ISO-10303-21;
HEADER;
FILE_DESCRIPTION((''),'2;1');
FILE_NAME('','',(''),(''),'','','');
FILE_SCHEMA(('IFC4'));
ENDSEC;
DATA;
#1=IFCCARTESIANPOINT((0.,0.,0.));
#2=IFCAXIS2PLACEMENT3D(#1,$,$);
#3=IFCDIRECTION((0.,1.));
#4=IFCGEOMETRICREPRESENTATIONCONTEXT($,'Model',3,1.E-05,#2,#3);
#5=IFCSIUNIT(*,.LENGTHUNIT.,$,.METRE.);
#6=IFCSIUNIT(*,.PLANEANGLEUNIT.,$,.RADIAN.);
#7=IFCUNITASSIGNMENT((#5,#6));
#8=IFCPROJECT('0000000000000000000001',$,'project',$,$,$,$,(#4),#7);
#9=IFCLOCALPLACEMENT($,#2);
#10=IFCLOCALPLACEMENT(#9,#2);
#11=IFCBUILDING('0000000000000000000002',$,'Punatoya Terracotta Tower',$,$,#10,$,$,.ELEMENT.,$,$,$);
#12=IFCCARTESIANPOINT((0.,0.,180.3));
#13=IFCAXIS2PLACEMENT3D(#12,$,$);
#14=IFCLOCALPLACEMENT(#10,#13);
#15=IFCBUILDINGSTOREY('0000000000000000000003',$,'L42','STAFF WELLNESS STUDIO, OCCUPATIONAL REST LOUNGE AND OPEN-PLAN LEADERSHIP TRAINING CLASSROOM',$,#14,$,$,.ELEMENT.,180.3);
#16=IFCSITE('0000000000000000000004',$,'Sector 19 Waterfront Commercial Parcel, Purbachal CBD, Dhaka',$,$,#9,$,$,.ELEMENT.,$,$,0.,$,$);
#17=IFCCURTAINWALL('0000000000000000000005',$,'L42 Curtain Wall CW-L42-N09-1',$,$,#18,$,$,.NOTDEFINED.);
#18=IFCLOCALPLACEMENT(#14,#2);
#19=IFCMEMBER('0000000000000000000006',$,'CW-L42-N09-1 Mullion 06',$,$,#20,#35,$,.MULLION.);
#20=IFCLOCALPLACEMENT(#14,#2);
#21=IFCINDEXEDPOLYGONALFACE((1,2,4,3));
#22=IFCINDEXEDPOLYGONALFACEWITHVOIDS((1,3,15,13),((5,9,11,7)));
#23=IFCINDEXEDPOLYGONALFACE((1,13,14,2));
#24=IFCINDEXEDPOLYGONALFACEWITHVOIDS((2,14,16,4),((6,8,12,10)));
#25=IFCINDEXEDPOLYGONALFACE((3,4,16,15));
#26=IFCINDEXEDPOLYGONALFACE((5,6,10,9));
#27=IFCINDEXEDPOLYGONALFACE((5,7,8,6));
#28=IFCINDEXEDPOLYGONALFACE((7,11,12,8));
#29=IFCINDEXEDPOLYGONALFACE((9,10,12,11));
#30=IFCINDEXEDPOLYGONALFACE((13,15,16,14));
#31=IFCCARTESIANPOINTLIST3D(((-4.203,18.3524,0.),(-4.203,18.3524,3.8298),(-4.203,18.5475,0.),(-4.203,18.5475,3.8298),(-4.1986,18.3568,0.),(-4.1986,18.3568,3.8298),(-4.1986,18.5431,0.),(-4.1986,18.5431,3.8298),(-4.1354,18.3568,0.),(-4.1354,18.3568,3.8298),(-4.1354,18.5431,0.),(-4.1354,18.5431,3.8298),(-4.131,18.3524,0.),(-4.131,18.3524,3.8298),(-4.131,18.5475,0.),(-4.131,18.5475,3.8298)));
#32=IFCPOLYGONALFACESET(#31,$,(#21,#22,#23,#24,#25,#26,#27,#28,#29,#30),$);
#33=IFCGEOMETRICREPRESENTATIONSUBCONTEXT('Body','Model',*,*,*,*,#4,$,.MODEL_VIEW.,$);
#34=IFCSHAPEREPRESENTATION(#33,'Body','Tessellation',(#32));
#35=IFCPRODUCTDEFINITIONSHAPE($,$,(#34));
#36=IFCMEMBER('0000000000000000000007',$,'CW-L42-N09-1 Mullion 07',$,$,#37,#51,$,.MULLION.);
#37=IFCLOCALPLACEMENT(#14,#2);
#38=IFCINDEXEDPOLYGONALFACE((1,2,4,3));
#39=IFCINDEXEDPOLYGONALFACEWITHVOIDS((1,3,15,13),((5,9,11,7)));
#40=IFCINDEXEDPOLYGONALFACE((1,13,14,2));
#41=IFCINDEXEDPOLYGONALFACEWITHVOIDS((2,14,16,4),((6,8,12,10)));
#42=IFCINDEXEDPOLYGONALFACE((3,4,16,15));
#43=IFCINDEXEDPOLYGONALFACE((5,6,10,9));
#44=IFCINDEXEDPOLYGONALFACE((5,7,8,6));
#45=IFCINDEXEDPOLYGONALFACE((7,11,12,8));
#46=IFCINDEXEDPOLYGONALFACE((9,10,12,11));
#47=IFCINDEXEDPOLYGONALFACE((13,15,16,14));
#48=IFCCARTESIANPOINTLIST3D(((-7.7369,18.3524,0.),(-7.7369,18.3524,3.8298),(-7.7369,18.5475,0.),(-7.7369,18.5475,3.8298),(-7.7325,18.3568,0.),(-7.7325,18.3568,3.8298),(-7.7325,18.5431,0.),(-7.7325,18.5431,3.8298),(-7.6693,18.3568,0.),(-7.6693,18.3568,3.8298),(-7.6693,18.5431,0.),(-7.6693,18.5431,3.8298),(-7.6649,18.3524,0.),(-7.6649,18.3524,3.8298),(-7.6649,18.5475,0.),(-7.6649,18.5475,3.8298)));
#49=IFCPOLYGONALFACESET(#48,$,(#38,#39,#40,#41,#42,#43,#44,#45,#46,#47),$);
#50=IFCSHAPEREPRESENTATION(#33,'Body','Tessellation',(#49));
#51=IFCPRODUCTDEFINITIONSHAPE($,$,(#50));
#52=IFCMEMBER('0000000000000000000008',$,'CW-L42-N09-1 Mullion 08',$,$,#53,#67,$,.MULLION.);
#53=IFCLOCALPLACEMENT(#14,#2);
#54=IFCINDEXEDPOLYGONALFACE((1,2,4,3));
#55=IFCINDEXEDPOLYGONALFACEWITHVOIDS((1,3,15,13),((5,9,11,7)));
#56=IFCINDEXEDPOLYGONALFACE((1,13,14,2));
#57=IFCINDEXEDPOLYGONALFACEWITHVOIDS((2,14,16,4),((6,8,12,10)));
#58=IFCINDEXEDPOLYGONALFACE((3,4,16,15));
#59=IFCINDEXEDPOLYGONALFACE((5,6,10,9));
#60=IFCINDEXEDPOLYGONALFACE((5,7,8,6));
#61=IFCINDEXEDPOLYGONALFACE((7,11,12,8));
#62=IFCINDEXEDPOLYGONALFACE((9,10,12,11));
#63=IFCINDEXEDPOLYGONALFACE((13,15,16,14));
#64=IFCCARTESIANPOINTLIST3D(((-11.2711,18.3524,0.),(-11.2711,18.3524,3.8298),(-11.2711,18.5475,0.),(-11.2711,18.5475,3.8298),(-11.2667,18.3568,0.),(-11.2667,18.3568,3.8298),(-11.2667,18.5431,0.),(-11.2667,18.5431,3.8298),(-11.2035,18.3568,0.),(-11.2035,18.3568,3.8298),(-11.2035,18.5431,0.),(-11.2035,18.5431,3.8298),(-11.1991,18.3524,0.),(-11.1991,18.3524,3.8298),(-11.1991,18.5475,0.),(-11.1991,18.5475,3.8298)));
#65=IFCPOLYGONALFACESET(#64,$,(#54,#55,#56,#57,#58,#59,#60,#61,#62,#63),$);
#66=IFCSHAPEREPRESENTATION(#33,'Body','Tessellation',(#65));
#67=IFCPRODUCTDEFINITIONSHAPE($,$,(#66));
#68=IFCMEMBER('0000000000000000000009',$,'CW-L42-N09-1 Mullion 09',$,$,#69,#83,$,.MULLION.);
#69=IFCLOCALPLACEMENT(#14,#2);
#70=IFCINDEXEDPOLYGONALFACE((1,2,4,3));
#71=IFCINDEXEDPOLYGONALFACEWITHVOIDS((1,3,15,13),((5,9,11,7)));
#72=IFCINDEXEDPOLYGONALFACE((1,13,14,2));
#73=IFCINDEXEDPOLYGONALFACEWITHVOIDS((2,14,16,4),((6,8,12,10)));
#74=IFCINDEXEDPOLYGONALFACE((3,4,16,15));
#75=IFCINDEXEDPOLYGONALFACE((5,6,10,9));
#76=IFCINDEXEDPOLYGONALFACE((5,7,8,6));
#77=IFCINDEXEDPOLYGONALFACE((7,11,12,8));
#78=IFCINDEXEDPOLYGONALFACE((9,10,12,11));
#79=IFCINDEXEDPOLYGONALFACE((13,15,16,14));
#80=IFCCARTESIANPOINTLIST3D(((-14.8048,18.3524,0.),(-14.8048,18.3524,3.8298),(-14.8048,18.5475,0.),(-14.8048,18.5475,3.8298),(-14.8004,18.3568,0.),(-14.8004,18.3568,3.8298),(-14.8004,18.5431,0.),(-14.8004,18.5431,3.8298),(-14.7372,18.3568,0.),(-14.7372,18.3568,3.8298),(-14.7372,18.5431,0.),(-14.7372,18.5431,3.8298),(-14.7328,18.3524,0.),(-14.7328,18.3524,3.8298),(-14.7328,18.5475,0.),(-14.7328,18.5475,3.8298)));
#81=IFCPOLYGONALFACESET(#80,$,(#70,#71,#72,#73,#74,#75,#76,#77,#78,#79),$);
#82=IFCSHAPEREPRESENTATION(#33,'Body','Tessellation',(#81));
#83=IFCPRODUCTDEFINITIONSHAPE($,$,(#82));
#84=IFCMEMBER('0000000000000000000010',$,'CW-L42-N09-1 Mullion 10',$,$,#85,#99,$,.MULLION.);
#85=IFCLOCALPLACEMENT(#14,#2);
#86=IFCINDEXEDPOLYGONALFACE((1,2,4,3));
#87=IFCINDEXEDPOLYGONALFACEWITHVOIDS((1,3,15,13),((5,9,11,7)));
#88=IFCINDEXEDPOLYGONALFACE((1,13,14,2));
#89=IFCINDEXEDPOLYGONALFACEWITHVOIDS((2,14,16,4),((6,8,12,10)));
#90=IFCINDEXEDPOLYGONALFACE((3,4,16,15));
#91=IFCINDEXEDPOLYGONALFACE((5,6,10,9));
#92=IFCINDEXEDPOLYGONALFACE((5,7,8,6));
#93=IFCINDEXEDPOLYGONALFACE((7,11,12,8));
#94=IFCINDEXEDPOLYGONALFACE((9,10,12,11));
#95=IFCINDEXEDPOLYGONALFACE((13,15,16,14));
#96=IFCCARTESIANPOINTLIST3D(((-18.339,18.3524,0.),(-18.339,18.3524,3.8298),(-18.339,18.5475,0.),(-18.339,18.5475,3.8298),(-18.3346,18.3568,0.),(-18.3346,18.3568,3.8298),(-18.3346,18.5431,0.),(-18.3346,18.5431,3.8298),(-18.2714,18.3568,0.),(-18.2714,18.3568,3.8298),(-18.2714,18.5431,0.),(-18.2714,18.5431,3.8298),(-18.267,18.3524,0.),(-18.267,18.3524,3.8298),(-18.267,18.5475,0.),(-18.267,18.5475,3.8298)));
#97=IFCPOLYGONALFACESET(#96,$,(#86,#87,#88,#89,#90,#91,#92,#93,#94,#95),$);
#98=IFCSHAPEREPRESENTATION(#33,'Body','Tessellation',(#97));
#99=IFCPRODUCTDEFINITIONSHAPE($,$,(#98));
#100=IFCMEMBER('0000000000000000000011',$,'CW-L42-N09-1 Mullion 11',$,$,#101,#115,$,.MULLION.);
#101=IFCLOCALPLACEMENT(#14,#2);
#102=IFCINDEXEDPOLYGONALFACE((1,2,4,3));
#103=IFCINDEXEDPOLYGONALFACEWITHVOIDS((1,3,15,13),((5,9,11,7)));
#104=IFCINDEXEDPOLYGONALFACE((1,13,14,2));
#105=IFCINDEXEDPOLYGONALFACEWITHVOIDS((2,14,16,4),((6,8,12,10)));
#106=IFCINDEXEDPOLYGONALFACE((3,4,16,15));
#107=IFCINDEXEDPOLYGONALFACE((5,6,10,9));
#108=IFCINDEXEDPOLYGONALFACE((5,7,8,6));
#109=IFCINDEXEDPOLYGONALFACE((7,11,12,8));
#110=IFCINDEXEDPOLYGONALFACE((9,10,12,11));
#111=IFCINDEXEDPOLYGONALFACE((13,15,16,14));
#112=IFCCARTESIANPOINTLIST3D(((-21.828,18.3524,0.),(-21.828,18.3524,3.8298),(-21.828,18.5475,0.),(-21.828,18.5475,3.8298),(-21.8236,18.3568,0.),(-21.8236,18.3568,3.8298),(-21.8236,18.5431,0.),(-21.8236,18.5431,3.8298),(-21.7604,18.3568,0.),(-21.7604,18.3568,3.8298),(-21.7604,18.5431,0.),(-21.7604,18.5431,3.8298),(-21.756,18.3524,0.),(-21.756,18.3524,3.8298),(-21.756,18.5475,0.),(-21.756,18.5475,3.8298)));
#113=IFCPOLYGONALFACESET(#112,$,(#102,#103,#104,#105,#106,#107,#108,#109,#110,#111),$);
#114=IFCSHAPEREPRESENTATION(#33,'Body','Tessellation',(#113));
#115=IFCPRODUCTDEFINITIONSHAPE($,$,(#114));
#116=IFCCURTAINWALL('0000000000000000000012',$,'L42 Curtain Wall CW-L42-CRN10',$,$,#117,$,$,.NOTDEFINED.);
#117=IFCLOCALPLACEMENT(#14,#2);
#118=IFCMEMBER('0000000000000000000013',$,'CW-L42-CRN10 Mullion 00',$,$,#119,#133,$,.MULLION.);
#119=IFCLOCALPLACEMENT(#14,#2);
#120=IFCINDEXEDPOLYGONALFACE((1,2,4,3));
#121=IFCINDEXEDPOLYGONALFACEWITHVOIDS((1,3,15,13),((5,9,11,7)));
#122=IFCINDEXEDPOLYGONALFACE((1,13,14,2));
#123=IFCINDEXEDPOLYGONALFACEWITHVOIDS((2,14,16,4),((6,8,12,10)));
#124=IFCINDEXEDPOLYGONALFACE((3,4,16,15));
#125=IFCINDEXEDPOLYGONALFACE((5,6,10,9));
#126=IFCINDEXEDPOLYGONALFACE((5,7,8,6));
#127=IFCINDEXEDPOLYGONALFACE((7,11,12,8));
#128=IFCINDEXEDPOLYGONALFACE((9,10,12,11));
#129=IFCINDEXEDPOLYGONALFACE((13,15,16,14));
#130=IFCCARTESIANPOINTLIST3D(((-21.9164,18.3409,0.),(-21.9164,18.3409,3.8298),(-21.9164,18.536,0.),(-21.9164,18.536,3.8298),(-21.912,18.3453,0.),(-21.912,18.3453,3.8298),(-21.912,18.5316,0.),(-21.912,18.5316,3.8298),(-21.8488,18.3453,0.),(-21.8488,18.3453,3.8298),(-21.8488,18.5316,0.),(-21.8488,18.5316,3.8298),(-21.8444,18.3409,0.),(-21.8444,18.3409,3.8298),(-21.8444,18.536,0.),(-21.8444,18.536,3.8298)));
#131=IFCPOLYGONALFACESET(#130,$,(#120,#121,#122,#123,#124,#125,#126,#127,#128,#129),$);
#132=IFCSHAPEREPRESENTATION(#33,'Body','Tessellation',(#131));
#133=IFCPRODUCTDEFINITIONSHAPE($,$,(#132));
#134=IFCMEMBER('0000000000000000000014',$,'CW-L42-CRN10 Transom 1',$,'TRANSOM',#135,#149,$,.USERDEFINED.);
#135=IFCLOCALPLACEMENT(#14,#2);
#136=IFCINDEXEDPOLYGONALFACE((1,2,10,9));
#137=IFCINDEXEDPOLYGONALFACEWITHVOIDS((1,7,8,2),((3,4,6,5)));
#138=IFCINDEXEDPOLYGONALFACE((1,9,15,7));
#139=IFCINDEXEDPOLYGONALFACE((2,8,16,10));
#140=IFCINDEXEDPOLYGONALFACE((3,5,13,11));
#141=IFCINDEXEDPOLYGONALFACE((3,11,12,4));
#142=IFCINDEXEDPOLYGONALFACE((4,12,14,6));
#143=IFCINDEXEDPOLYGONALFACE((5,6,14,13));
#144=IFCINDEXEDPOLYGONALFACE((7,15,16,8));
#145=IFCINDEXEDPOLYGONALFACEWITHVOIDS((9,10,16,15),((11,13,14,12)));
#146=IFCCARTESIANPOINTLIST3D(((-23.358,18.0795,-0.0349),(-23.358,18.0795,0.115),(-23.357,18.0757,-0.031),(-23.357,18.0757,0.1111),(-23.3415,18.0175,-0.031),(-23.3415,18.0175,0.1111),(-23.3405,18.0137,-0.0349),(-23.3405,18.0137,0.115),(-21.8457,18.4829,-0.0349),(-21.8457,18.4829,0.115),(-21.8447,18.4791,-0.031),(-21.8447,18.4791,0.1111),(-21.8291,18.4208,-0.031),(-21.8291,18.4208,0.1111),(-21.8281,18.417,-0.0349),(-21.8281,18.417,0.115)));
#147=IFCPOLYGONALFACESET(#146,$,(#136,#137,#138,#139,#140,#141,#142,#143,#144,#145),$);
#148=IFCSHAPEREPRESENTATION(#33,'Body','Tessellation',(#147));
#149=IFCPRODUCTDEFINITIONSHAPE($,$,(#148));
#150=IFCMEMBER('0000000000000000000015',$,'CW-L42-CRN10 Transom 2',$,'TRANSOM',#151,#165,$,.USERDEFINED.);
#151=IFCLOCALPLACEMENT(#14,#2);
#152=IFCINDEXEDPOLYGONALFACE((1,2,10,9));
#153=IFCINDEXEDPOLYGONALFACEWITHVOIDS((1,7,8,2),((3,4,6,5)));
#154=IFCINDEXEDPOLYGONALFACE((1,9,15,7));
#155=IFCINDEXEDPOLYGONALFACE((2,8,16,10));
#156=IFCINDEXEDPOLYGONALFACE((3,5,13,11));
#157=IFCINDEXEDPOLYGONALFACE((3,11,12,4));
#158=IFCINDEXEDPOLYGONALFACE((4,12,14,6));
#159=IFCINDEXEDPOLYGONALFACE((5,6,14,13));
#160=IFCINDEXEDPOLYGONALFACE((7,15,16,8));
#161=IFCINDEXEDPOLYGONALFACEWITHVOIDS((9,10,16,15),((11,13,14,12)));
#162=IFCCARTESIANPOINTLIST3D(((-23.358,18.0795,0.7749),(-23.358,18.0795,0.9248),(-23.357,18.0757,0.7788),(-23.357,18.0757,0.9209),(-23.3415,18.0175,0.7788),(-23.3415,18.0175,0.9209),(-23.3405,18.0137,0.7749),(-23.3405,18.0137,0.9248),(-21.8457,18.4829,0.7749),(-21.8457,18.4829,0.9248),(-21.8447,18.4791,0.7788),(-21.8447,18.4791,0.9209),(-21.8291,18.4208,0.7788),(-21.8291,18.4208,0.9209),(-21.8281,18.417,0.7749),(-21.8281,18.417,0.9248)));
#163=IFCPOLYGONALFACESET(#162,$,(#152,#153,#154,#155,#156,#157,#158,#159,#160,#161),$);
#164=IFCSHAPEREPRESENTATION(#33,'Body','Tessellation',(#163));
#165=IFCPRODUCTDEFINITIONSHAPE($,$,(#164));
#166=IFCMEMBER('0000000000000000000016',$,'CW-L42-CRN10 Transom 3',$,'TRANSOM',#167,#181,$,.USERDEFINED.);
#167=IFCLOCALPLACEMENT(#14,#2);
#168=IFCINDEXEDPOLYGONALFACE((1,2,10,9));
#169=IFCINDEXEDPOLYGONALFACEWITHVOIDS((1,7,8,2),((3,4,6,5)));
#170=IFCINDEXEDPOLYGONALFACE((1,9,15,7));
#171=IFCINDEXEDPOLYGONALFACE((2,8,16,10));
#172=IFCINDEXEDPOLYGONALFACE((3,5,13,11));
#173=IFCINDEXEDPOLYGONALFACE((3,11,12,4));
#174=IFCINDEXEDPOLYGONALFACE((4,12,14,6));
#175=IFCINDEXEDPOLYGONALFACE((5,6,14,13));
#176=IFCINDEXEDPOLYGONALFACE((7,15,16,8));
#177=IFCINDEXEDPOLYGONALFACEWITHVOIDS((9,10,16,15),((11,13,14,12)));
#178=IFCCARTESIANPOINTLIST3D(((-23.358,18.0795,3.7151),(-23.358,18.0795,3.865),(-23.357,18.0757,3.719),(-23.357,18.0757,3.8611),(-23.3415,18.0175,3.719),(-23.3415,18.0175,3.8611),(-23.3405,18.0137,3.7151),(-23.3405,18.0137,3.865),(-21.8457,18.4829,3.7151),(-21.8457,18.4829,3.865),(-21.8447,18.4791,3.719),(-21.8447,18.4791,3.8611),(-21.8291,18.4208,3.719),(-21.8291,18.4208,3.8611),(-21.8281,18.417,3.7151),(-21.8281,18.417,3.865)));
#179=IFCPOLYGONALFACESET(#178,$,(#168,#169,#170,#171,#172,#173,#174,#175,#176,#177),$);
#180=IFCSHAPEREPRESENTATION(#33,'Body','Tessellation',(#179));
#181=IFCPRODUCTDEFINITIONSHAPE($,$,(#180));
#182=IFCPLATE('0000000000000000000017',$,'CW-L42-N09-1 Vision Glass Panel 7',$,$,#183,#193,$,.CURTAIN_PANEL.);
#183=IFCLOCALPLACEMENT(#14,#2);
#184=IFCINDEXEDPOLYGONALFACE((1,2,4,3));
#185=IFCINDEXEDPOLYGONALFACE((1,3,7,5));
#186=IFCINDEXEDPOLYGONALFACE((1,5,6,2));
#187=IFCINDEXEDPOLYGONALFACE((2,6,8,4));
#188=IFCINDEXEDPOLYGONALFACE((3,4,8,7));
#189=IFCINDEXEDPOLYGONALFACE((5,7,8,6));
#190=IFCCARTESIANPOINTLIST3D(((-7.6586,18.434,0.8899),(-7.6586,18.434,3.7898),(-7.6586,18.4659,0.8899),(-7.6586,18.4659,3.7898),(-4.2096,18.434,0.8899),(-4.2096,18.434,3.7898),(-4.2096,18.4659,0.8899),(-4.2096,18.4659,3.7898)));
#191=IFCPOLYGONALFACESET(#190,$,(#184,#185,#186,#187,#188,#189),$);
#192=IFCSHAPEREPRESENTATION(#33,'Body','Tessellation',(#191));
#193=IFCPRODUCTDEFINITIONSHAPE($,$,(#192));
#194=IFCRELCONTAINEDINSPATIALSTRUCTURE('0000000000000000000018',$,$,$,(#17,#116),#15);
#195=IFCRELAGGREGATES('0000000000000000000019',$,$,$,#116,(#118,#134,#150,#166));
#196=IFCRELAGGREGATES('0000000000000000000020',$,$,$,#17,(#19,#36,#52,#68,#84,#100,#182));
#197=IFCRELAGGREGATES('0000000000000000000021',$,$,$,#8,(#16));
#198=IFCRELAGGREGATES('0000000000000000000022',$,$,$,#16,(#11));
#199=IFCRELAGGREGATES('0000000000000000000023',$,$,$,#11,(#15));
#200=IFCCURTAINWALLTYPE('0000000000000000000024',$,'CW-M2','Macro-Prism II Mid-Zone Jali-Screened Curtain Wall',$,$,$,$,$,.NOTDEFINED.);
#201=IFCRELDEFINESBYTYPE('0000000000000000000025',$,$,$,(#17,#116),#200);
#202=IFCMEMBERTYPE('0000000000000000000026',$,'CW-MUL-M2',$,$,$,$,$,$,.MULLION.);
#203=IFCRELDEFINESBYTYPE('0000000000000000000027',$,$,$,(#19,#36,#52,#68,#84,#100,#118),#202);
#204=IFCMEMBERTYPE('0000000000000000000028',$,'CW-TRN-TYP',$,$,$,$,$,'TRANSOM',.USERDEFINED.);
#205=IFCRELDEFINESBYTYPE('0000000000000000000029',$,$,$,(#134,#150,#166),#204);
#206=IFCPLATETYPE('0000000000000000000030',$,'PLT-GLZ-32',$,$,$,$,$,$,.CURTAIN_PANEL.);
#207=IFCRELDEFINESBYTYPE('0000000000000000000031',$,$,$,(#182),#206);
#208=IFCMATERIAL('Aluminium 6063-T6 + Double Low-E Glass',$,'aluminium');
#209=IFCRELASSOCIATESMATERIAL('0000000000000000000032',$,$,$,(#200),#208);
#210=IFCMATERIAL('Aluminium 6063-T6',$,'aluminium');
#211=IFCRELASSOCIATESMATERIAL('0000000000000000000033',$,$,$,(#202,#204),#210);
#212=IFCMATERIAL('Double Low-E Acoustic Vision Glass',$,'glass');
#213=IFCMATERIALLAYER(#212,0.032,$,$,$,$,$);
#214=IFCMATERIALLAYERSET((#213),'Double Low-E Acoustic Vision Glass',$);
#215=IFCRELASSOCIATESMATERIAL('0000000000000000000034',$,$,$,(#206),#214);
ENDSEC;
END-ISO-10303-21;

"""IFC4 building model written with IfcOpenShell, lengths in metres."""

from ifc_helpers import new_model, si_unit, direction, frame, origin, origin_2d, place, context, subcontext, project, spatial, rectangle, hollow_rectangle, extrude, material, layer, layer_set, material_profile, profile_set, type_object, element, aggregate, save


model = new_model("IFC4")

# Units and contexts
model_context = context("Model", 3, precision=1e-05, world=origin(), true_north=direction((0.0, 1.0)))
body_context = subcontext(model_context, "Body", "Model", "MODEL_VIEW")
ifc_project = project(units=[si_unit("LENGTHUNIT", "METRE"), si_unit("PLANEANGLEUNIT", "RADIAN")], contexts=[model_context])

# Site, building, storey
site_placement = place(None, origin())
site = spatial("IfcSite", under=ifc_project, at=site_placement, Name="Sector 19 Waterfront Commercial Parcel, Purbachal CBD, Dhaka", CompositionType="ELEMENT", RefElevation=0.0)
building_placement = place(site_placement, origin())
building = spatial("IfcBuilding", under=site, at=building_placement, Name="Punatoya Terracotta Tower", CompositionType="ELEMENT")
storey_placement = place(building_placement, frame((0.0, 0.0, 180.3)))
storey = spatial("IfcBuildingStorey", under=building, at=storey_placement, Name="L42", Description="STAFF WELLNESS STUDIO, OCCUPATIONAL REST LOUNGE AND OPEN-PLAN LEADERSHIP TRAINING CLASSROOM", CompositionType="ELEMENT", Elevation=180.3)

# Curtain walls, members
ifc_material_1 = material(Name="Aluminium 6063-T6 + Double Low-E Glass", Category="aluminium")
curtain_wall_type = type_object("IfcCurtainWallType", Name="CW-M2", Description="Macro-Prism II Mid-Zone Jali-Screened Curtain Wall", PredefinedType="NOTDEFINED", material=ifc_material_1)
curtain_wall_1_placement = place(storey_placement, origin())
curtain_wall_1 = element("IfcCurtainWall", 1, at=curtain_wall_1_placement, inside=storey, type_object=curtain_wall_type, Name="L42 Curtain Wall CW-L42-N09-1", PredefinedType="NOTDEFINED")
ifc_material_2 = material(Name="Aluminium 6063-T6", Category="aluminium")
ifc_material_profile_1 = material_profile(ifc_material_2, hollow_rectangle(XDim=0.072, YDim=0.1951, WallThickness=0.0044, at=origin_2d()))
ifc_profile_set_1 = profile_set([ifc_material_profile_1], Name="Aluminium 6063-T6")
member_type_1 = type_object("IfcMemberType", Name="CW-MUL-M2", PredefinedType="MULLION", material=ifc_profile_set_1)
member_1_placement = place(storey_placement, frame((-4.167, 18.45, 0.0), z_axis=(0.0, 0.0, 1.0), x_axis=(1.0, 0.0, 0.0)))
member_1 = element("IfcMember", 2, at=member_1_placement, type_object=member_type_1, Name="CW-L42-N09-1 Mullion 06", PredefinedType="MULLION", context=body_context, shape_type="SweptSolid", body=[
    extrude(hollow_rectangle(XDim=0.072, YDim=0.1951, WallThickness=0.0044, at=origin_2d()), origin(), (0.0, 0.0, 1.0), 3.8298),
])
member_2_placement = place(storey_placement, frame((-7.7009, 18.45, 0.0), z_axis=(0.0, 0.0, 1.0), x_axis=(1.0, 0.0, 0.0)))
member_2 = element("IfcMember", 3, at=member_2_placement, type_object=member_type_1, Name="CW-L42-N09-1 Mullion 07", PredefinedType="MULLION", context=body_context, shape_type="SweptSolid", body=[
    extrude(hollow_rectangle(XDim=0.072, YDim=0.1951, WallThickness=0.0044, at=origin_2d()), origin(), (0.0, 0.0, 1.0), 3.8298),
])
member_3_placement = place(storey_placement, frame((-11.2351, 18.45, 0.0), z_axis=(0.0, 0.0, 1.0), x_axis=(1.0, 0.0, 0.0)))
member_3 = element("IfcMember", 4, at=member_3_placement, type_object=member_type_1, Name="CW-L42-N09-1 Mullion 08", PredefinedType="MULLION", context=body_context, shape_type="SweptSolid", body=[
    extrude(hollow_rectangle(XDim=0.072, YDim=0.1951, WallThickness=0.0044, at=origin_2d()), origin(), (0.0, 0.0, 1.0), 3.8298),
])
member_4_placement = place(storey_placement, frame((-14.7688, 18.45, 0.0), z_axis=(0.0, 0.0, 1.0), x_axis=(1.0, 0.0, 0.0)))
member_4 = element("IfcMember", 5, at=member_4_placement, type_object=member_type_1, Name="CW-L42-N09-1 Mullion 09", PredefinedType="MULLION", context=body_context, shape_type="SweptSolid", body=[
    extrude(hollow_rectangle(XDim=0.072, YDim=0.1951, WallThickness=0.0044, at=origin_2d()), origin(), (0.0, 0.0, 1.0), 3.8298),
])
member_5_placement = place(storey_placement, frame((-18.303, 18.45, 0.0), z_axis=(0.0, 0.0, 1.0), x_axis=(1.0, 0.0, 0.0)))
member_5 = element("IfcMember", 6, at=member_5_placement, type_object=member_type_1, Name="CW-L42-N09-1 Mullion 10", PredefinedType="MULLION", context=body_context, shape_type="SweptSolid", body=[
    extrude(hollow_rectangle(XDim=0.072, YDim=0.1951, WallThickness=0.0044, at=origin_2d()), origin(), (0.0, 0.0, 1.0), 3.8298),
])
member_6_placement = place(storey_placement, frame((-21.792, 18.45, 0.0), z_axis=(0.0, 0.0, 1.0), x_axis=(1.0, 0.0, 0.0)))
member_6 = element("IfcMember", 7, at=member_6_placement, type_object=member_type_1, Name="CW-L42-N09-1 Mullion 11", PredefinedType="MULLION", context=body_context, shape_type="SweptSolid", body=[
    extrude(hollow_rectangle(XDim=0.072, YDim=0.1951, WallThickness=0.0044, at=origin_2d()), origin(), (0.0, 0.0, 1.0), 3.8298),
])
curtain_wall_2_placement = place(storey_placement, origin())
curtain_wall_2 = element("IfcCurtainWall", 8, at=curtain_wall_2_placement, inside=storey, type_object=curtain_wall_type, Name="L42 Curtain Wall CW-L42-CRN10", PredefinedType="NOTDEFINED")
member_7_placement = place(storey_placement, frame((-21.8804, 18.4385, 0.0), z_axis=(0.0, 0.0, 1.0), x_axis=(1.0, 0.0, 0.0)))
member_7 = element("IfcMember", 9, at=member_7_placement, type_object=member_type_1, Name="CW-L42-CRN10 Mullion 00", PredefinedType="MULLION", context=body_context, shape_type="SweptSolid", body=[
    extrude(hollow_rectangle(XDim=0.072, YDim=0.1951, WallThickness=0.0044, at=origin_2d()), origin(), (0.0, 0.0, 1.0), 3.8298),
])
ifc_material_profile_2 = material_profile(ifc_material_2, hollow_rectangle(XDim=0.0681, YDim=0.1499, WallThickness=0.0039, at=origin_2d()))
ifc_profile_set_2 = profile_set([ifc_material_profile_2], Name="Aluminium 6063-T6")
member_type_2 = type_object("IfcMemberType", Name="CW-TRN-TYP", ElementType="TRANSOM", PredefinedType="USERDEFINED", material=ifc_profile_set_2)
member_8_placement = place(storey_placement, frame((-21.8369, 18.45, 0.04), z_axis=(-0.966225, -0.257701, 0.0), x_axis=(0.257701, -0.966225, 0.0)))
member_8 = element("IfcMember", 10, at=member_8_placement, type_object=member_type_2, Name="CW-L42-CRN10 Transom 1", ObjectType="TRANSOM", PredefinedType="USERDEFINED", context=body_context, shape_type="SweptSolid", body=[
    extrude(hollow_rectangle(XDim=0.0681, YDim=0.1499, WallThickness=0.0039, at=origin_2d()), origin(), (0.0, 0.0, 1.0), 1.5652),
])
member_9_placement = place(storey_placement, frame((-21.8369, 18.45, 0.8499), z_axis=(-0.966225, -0.257701, 0.0), x_axis=(0.257701, -0.966225, 0.0)))
member_9 = element("IfcMember", 11, at=member_9_placement, type_object=member_type_2, Name="CW-L42-CRN10 Transom 2", ObjectType="TRANSOM", PredefinedType="USERDEFINED", context=body_context, shape_type="SweptSolid", body=[
    extrude(hollow_rectangle(XDim=0.0681, YDim=0.1499, WallThickness=0.0039, at=origin_2d()), origin(), (0.0, 0.0, 1.0), 1.5652),
])
member_10_placement = place(storey_placement, frame((-21.8369, 18.45, 3.79), z_axis=(-0.966225, -0.257701, 0.0), x_axis=(0.257701, -0.966225, 0.0)))
member_10 = element("IfcMember", 12, at=member_10_placement, type_object=member_type_2, Name="CW-L42-CRN10 Transom 3", ObjectType="TRANSOM", PredefinedType="USERDEFINED", context=body_context, shape_type="SweptSolid", body=[
    extrude(hollow_rectangle(XDim=0.0681, YDim=0.1499, WallThickness=0.0039, at=origin_2d()), origin(), (0.0, 0.0, 1.0), 1.5652),
])

# Plate
ifc_material_3 = material(Name="Double Low-E Acoustic Vision Glass", Category="glass")
ifc_layer_1 = layer(ifc_material_3, 0.032)
ifc_layer_set_1 = layer_set([ifc_layer_1], Name="Double Low-E Acoustic Vision Glass")
plate_type_1 = type_object("IfcPlateType", Name="PLT-GLZ-32", PredefinedType="CURTAIN_PANEL", material=ifc_layer_set_1)
plate_1_placement = place(storey_placement, frame((-5.9341, 18.45, 0.8899), z_axis=(0.0, 0.0, 1.0), x_axis=(-1.0, 0.0, 0.0)))
plate_1 = element("IfcPlate", 13, at=plate_1_placement, type_object=plate_type_1, Name="CW-L42-N09-1 Vision Glass Panel 7", PredefinedType="CURTAIN_PANEL", context=body_context, shape_type="SweptSolid", body=[
    extrude(rectangle(XDim=3.449, YDim=0.032, at=origin_2d()), origin(), (0.0, 0.0, 1.0), 2.8999),
])
aggregate(curtain_wall_2, [member_7, member_8, member_9, member_10])
aggregate(curtain_wall_1, [member_1, member_2, member_3, member_4, member_5, member_6, plate_1])

save(model, "model.ifc")
